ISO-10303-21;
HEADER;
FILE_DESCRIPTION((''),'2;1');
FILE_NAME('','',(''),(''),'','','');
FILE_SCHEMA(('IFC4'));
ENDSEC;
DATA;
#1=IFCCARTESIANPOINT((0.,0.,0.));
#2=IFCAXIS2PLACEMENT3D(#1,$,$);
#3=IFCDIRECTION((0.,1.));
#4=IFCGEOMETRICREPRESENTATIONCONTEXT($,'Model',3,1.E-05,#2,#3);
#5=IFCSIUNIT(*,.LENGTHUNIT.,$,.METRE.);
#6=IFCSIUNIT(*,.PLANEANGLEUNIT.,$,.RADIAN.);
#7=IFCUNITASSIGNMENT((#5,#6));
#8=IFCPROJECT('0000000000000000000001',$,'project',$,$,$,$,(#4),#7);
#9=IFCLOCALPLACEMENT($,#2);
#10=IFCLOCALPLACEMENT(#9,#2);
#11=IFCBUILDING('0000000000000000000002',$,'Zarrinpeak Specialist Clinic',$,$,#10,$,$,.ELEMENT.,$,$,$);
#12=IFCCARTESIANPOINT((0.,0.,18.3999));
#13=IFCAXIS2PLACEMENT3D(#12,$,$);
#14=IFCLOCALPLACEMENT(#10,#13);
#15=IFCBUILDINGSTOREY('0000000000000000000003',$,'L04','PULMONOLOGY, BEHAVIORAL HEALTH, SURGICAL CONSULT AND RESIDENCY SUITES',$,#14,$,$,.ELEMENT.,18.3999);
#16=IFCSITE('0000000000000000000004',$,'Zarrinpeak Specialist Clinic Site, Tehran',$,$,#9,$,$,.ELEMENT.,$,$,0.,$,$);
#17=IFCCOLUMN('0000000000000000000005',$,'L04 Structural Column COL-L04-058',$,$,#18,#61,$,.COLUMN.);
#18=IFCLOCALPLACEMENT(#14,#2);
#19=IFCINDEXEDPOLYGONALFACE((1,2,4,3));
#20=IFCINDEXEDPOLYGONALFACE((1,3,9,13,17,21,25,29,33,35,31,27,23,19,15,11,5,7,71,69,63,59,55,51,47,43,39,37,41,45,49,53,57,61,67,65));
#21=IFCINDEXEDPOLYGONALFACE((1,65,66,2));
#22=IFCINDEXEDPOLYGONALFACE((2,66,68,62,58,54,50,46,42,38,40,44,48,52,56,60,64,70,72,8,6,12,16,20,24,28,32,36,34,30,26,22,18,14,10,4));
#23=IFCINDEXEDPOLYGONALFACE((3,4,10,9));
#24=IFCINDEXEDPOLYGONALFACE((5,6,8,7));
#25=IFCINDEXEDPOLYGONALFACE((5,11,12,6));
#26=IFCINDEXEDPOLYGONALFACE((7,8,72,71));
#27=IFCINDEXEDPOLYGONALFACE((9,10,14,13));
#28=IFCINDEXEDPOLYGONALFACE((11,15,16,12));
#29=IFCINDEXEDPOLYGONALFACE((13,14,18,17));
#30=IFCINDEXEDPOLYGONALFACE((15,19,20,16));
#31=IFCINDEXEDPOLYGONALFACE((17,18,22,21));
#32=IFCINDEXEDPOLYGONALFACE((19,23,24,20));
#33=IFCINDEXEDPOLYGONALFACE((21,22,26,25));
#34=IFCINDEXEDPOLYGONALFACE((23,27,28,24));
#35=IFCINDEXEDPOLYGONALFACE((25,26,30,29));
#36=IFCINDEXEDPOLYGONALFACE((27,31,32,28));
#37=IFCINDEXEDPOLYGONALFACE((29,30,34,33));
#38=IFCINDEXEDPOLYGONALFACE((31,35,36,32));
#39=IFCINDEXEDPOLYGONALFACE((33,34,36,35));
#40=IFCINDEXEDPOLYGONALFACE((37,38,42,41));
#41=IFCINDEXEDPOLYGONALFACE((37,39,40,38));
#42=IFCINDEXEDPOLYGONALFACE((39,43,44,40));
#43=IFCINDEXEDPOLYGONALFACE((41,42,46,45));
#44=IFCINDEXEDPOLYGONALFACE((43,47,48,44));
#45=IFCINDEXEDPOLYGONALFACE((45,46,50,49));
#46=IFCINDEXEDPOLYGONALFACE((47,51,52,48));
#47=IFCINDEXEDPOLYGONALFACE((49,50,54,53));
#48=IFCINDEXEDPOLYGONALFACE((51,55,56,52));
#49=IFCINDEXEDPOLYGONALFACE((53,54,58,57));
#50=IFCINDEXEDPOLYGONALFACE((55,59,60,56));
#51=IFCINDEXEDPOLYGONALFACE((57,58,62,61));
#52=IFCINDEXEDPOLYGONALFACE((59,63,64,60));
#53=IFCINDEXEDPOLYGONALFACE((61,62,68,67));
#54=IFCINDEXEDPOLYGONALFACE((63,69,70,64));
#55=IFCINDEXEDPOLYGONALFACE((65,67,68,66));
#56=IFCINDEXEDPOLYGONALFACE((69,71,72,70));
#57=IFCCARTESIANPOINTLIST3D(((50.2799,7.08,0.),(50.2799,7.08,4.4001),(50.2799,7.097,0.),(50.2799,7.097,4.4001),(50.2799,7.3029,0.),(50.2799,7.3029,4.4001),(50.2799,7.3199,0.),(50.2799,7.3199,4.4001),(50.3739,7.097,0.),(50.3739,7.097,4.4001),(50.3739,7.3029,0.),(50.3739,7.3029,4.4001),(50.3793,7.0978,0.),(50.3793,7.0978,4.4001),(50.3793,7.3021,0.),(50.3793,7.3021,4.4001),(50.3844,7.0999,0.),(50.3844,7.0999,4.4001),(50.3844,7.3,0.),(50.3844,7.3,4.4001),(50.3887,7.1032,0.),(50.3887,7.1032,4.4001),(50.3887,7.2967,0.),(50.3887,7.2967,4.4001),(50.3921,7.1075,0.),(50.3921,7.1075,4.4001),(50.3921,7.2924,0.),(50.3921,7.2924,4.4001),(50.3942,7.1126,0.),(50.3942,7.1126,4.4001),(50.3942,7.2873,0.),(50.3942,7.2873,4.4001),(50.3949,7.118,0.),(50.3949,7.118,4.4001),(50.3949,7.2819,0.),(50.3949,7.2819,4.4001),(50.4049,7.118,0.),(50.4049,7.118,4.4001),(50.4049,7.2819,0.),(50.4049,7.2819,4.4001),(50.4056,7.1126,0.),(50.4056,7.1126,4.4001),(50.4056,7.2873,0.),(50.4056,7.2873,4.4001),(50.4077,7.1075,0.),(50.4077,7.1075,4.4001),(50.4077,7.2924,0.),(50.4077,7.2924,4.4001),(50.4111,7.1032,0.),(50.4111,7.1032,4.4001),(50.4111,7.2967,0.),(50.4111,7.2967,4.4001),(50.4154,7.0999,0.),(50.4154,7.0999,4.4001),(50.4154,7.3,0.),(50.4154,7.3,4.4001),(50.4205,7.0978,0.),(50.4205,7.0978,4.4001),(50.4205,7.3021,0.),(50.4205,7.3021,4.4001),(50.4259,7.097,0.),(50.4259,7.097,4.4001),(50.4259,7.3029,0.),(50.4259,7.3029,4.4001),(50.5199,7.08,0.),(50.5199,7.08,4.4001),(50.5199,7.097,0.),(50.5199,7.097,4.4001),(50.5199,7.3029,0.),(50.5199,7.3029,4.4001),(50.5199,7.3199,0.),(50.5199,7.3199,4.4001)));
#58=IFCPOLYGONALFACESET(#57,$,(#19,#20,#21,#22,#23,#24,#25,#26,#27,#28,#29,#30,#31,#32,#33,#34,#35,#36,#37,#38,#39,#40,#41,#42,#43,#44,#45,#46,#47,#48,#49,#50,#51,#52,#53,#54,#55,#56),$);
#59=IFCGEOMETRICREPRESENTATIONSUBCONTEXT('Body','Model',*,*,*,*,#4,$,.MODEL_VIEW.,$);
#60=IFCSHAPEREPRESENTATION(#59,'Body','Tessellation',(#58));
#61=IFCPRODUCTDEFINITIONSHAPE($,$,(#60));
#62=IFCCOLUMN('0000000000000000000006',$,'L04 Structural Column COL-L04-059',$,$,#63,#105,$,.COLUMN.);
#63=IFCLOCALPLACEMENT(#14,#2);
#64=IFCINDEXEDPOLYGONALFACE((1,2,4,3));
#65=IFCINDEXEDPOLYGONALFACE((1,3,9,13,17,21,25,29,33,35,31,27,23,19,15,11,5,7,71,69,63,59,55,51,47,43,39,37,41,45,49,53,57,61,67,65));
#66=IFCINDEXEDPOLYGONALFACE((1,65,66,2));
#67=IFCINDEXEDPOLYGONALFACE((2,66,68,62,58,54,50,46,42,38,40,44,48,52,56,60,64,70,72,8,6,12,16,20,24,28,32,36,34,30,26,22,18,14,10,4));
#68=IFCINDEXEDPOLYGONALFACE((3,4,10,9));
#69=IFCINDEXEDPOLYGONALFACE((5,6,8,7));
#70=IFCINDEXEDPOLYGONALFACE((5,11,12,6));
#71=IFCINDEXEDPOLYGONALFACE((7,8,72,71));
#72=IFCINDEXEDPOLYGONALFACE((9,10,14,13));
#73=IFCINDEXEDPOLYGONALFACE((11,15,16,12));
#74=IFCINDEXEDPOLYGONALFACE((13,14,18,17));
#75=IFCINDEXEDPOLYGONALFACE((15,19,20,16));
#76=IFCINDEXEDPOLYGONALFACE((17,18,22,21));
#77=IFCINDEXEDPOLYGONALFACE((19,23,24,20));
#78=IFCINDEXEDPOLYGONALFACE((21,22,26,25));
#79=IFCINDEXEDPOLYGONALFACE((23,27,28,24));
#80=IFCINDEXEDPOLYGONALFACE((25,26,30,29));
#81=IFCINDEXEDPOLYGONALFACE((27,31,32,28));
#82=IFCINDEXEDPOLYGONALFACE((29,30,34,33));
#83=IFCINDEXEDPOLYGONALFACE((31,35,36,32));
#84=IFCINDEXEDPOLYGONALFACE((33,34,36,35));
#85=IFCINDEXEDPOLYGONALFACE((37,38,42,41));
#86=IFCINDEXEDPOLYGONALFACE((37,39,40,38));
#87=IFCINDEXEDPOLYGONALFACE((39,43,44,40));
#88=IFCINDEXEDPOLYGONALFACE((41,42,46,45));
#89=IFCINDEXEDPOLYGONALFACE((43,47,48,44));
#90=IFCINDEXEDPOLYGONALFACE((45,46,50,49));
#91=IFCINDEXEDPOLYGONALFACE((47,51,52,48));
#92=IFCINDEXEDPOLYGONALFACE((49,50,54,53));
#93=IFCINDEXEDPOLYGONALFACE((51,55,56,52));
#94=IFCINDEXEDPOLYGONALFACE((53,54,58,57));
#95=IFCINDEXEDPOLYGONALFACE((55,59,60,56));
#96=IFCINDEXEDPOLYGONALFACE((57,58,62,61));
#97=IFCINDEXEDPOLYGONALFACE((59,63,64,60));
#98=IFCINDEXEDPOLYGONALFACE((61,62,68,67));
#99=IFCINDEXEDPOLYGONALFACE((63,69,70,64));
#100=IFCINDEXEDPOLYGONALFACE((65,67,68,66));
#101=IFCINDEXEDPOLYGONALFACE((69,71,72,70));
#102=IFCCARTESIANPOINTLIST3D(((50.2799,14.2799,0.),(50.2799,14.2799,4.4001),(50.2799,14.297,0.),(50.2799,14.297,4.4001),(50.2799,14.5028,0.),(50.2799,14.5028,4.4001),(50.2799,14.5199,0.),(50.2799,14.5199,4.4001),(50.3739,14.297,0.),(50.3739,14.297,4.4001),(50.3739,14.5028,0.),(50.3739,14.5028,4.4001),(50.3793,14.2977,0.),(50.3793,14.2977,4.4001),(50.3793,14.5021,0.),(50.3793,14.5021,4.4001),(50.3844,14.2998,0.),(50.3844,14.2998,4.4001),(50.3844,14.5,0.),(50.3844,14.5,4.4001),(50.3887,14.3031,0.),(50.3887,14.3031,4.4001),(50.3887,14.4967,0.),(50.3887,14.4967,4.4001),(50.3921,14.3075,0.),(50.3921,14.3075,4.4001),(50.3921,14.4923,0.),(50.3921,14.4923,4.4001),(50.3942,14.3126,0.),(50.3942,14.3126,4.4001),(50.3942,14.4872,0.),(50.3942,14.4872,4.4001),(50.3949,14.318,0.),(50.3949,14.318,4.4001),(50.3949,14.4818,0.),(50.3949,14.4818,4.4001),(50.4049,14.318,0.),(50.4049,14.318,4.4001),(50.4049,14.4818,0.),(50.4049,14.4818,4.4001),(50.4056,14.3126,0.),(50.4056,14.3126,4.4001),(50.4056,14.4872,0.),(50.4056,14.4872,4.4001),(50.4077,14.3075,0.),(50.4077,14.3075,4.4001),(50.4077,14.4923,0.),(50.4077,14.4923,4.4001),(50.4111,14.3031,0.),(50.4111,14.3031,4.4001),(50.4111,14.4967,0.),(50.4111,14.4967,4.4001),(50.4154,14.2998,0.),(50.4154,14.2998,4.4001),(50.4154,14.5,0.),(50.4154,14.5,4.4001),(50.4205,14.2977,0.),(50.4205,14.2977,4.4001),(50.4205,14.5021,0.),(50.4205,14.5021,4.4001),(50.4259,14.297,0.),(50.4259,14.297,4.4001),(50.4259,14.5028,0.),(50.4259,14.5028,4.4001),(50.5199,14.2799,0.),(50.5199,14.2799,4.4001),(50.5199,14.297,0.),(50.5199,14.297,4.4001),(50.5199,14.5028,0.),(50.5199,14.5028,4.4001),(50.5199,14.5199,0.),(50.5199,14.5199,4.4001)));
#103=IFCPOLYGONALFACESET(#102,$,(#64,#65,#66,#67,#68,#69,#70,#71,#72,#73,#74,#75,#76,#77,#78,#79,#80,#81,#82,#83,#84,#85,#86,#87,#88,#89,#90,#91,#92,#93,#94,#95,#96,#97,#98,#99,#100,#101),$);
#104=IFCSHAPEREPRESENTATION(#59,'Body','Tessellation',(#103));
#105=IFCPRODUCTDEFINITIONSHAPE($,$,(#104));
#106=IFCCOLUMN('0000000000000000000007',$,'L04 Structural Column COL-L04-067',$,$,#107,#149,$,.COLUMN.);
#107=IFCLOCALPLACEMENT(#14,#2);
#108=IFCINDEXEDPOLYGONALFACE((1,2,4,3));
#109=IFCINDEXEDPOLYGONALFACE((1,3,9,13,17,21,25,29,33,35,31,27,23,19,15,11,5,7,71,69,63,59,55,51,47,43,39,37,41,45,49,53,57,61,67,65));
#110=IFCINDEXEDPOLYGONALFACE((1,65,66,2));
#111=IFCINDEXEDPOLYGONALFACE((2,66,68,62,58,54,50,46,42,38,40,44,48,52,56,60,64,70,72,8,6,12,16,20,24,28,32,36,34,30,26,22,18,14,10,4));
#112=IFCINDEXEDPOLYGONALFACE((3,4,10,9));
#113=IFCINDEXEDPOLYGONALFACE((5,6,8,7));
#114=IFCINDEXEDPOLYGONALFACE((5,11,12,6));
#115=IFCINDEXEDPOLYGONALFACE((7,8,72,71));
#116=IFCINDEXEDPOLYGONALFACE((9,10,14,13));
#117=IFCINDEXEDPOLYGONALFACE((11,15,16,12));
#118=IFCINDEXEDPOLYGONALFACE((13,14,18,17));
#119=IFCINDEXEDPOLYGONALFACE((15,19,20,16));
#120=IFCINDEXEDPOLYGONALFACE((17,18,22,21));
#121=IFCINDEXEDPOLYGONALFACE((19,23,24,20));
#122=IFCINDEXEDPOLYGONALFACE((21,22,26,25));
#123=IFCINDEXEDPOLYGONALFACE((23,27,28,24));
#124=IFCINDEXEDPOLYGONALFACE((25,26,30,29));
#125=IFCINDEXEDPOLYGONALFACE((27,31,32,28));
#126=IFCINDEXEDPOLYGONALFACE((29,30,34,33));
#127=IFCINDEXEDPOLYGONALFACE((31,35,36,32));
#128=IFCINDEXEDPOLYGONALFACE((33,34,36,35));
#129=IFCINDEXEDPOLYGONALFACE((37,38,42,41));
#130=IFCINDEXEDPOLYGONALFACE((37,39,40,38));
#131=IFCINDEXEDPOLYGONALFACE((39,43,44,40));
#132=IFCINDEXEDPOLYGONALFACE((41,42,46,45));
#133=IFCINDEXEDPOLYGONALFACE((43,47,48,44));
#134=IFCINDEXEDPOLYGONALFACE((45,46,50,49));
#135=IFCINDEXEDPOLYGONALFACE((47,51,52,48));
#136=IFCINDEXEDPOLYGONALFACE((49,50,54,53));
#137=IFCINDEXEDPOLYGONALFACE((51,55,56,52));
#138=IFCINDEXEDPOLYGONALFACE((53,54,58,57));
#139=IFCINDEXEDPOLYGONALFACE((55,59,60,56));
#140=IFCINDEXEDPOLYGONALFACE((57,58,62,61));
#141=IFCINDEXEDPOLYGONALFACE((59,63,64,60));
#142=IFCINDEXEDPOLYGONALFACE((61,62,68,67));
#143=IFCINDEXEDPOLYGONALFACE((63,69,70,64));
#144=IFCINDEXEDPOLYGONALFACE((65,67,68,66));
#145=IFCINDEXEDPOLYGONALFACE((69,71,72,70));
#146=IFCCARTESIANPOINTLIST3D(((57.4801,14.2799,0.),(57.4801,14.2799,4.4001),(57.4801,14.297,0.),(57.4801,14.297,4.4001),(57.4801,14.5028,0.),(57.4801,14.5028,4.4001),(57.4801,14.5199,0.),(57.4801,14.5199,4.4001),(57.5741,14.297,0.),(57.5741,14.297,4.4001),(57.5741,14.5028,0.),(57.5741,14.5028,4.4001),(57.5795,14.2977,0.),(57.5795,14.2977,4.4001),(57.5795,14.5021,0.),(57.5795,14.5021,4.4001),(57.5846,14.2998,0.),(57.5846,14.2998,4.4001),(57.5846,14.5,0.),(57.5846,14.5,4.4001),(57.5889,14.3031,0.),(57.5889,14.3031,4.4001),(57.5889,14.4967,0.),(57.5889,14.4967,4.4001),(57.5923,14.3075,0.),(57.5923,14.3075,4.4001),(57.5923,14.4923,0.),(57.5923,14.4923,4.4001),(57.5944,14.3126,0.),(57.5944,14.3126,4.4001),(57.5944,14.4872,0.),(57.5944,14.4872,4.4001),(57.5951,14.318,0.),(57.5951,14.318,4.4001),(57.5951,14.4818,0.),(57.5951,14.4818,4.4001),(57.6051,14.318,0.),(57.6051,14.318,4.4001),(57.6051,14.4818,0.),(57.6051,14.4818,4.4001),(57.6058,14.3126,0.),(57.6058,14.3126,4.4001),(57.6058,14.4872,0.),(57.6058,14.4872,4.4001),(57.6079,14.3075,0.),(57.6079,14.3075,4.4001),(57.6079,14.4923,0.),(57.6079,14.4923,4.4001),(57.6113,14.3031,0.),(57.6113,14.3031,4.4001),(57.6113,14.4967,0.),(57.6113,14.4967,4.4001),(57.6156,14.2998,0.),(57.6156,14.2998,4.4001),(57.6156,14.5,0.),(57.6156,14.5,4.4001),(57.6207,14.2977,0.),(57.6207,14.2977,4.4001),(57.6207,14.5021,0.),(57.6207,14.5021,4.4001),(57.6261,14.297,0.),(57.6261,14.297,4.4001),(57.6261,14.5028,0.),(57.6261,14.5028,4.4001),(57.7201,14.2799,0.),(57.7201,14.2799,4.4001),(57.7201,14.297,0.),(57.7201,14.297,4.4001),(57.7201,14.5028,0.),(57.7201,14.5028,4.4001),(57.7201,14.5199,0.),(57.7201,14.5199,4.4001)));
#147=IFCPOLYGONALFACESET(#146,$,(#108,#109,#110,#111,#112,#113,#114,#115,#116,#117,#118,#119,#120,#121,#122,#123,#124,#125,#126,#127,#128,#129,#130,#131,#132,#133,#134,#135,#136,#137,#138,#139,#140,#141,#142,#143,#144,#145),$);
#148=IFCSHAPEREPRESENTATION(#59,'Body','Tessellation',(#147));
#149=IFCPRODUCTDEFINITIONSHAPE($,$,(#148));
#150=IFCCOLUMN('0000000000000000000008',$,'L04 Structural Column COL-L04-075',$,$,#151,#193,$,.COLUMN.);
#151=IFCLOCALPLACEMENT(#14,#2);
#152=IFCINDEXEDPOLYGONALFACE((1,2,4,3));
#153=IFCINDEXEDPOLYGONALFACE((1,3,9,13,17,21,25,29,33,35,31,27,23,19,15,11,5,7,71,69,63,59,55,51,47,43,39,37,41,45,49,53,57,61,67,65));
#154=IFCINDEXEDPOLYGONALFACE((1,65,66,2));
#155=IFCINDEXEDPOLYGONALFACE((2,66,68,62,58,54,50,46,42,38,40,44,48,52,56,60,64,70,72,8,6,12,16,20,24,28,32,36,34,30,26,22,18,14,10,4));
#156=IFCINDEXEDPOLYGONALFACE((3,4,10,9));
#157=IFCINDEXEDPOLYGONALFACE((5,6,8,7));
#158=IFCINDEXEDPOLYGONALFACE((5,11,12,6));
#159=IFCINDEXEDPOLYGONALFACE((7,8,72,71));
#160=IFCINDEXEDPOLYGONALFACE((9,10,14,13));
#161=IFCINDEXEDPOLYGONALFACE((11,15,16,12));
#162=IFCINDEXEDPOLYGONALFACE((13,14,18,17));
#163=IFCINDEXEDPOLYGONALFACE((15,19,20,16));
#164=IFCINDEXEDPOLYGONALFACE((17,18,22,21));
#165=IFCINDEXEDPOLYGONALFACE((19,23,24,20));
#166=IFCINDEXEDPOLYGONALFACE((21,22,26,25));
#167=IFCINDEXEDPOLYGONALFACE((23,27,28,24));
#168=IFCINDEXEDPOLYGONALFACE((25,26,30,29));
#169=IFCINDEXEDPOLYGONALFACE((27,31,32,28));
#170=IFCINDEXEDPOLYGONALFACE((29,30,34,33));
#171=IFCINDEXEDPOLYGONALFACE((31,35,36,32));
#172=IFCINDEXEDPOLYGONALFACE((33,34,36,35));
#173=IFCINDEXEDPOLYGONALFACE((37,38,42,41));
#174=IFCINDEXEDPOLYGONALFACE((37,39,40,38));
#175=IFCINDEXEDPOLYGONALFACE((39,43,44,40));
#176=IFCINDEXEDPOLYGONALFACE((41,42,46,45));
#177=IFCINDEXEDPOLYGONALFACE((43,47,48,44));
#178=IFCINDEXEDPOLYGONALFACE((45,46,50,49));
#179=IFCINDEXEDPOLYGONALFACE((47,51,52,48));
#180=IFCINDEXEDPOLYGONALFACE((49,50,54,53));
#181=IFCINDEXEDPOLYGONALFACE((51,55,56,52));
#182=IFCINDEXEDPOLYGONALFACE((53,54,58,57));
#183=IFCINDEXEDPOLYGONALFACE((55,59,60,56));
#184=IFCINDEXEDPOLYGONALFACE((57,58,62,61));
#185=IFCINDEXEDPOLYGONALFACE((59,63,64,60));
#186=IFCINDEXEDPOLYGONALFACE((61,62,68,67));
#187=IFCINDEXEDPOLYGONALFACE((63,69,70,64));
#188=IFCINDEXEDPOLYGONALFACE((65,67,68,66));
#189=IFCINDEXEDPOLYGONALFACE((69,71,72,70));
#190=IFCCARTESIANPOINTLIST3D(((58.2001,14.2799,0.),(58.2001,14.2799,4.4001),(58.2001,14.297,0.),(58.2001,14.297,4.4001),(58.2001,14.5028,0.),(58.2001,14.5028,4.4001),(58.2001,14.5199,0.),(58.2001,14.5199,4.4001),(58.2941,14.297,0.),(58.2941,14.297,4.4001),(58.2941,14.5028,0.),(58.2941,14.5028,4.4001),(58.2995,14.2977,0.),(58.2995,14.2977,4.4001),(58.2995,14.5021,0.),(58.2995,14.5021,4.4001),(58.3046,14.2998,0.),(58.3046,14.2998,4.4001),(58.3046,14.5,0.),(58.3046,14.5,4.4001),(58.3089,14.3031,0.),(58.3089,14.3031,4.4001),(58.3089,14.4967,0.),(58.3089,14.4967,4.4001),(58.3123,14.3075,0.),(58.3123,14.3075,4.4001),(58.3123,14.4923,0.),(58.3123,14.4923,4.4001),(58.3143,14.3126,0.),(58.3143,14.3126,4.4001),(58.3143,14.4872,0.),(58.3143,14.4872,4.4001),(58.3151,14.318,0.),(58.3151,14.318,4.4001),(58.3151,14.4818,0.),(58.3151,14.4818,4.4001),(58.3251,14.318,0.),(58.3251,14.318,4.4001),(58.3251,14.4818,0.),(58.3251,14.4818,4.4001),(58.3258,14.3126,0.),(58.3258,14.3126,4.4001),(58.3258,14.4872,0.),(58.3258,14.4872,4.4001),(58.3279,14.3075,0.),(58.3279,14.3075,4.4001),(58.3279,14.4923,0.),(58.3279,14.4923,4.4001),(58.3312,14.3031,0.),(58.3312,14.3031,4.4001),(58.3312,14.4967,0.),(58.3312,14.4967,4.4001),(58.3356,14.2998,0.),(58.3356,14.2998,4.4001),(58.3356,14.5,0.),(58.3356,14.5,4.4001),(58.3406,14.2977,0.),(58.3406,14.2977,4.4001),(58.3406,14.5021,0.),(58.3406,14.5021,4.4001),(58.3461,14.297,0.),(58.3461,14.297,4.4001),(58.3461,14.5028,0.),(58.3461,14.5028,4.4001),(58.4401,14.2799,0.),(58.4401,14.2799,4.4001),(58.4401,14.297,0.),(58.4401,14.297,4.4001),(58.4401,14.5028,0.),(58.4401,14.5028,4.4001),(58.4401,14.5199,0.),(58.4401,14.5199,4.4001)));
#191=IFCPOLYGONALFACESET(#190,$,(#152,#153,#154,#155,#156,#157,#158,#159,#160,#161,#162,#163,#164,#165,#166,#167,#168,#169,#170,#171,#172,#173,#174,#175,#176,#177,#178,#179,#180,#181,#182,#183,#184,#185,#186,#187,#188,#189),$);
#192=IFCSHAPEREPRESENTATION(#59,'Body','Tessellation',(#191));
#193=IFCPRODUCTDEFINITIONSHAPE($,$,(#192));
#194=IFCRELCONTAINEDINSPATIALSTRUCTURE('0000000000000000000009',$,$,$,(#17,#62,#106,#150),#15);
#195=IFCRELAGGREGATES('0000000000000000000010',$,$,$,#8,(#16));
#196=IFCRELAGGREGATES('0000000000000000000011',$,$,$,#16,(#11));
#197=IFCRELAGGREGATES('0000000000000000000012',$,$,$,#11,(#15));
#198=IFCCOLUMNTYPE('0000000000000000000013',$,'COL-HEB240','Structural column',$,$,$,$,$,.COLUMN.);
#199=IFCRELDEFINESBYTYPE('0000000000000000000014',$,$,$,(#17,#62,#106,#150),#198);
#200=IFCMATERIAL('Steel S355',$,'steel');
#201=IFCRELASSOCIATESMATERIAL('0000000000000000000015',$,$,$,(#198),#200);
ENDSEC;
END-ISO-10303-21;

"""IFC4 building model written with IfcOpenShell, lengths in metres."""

from ifc_helpers import new_model, si_unit, direction, frame, origin, origin_2d, place, context, subcontext, project, spatial, i_section, extrude, material, material_profile, profile_set, type_object, element, save


model = new_model("IFC4")

# Units and contexts
model_context = context("Model", 3, precision=1e-05, world=origin(), true_north=direction((0.0, 1.0)))
body_context = subcontext(model_context, "Body", "Model", "MODEL_VIEW")
ifc_project = project(units=[si_unit("LENGTHUNIT", "METRE"), si_unit("PLANEANGLEUNIT", "RADIAN")], contexts=[model_context])

# Site, building, storey
site_placement = place(None, origin())
site = spatial("IfcSite", under=ifc_project, at=site_placement, Name="Zarrinpeak Specialist Clinic Site, Tehran", CompositionType="ELEMENT", RefElevation=0.0)
building_placement = place(site_placement, origin())
building = spatial("IfcBuilding", under=site, at=building_placement, Name="Zarrinpeak Specialist Clinic", CompositionType="ELEMENT")
storey_placement = place(building_placement, frame((0.0, 0.0, 18.3999)))
storey = spatial("IfcBuildingStorey", under=building, at=storey_placement, Name="L04", Description="PULMONOLOGY, BEHAVIORAL HEALTH, SURGICAL CONSULT AND RESIDENCY SUITES", CompositionType="ELEMENT", Elevation=18.3999)

# Columns
ifc_material_1 = material(Name="Steel S355", Category="steel")
ifc_material_profile_1 = material_profile(ifc_material_1, i_section(OverallWidth=0.24, OverallDepth=0.24, WebThickness=0.01, FlangeThickness=0.0171, FilletRadius=0.021, at=origin_2d()), Name="HEB 240")
ifc_profile_set_1 = profile_set([ifc_material_profile_1], Name="Steel S355")
column_type = type_object("IfcColumnType", Name="COL-HEB240", Description="Structural column", PredefinedType="COLUMN", material=ifc_profile_set_1)
for number, where, z_axis, x_axis, name in (
    (1, (50.3999, 7.2, 0.0), (0.0, 0.0, 1.0), (1.0, 0.0, 0.0), "L04 Structural Column COL-L04-058"),
    (2, (50.3999, 14.3999, 0.0), (0.0, 0.0, 1.0), (1.0, 0.0, 0.0), "L04 Structural Column COL-L04-059"),
    (3, (57.6001, 14.3999, 0.0), (0.0, 0.0, 1.0), (1.0, 0.0, 0.0), "L04 Structural Column COL-L04-067"),
    (4, (58.3201, 14.3999, 0.0), (0.0, 0.0, 1.0), (1.0, 0.0, 0.0), "L04 Structural Column COL-L04-075"),
):
    element("IfcColumn", number, at=place(storey_placement, frame(where, z_axis=z_axis, x_axis=x_axis)), inside=storey, type_object=column_type, Name=name, PredefinedType="COLUMN", context=body_context, shape_type="SweptSolid", body=[
        extrude(i_section(OverallWidth=0.24, OverallDepth=0.24, WebThickness=0.01, FlangeThickness=0.0171, FilletRadius=0.021, at=origin_2d()), origin(), (0.0, 0.0, 1.0), 4.4001),
    ])

save(model, "model.ifc")
